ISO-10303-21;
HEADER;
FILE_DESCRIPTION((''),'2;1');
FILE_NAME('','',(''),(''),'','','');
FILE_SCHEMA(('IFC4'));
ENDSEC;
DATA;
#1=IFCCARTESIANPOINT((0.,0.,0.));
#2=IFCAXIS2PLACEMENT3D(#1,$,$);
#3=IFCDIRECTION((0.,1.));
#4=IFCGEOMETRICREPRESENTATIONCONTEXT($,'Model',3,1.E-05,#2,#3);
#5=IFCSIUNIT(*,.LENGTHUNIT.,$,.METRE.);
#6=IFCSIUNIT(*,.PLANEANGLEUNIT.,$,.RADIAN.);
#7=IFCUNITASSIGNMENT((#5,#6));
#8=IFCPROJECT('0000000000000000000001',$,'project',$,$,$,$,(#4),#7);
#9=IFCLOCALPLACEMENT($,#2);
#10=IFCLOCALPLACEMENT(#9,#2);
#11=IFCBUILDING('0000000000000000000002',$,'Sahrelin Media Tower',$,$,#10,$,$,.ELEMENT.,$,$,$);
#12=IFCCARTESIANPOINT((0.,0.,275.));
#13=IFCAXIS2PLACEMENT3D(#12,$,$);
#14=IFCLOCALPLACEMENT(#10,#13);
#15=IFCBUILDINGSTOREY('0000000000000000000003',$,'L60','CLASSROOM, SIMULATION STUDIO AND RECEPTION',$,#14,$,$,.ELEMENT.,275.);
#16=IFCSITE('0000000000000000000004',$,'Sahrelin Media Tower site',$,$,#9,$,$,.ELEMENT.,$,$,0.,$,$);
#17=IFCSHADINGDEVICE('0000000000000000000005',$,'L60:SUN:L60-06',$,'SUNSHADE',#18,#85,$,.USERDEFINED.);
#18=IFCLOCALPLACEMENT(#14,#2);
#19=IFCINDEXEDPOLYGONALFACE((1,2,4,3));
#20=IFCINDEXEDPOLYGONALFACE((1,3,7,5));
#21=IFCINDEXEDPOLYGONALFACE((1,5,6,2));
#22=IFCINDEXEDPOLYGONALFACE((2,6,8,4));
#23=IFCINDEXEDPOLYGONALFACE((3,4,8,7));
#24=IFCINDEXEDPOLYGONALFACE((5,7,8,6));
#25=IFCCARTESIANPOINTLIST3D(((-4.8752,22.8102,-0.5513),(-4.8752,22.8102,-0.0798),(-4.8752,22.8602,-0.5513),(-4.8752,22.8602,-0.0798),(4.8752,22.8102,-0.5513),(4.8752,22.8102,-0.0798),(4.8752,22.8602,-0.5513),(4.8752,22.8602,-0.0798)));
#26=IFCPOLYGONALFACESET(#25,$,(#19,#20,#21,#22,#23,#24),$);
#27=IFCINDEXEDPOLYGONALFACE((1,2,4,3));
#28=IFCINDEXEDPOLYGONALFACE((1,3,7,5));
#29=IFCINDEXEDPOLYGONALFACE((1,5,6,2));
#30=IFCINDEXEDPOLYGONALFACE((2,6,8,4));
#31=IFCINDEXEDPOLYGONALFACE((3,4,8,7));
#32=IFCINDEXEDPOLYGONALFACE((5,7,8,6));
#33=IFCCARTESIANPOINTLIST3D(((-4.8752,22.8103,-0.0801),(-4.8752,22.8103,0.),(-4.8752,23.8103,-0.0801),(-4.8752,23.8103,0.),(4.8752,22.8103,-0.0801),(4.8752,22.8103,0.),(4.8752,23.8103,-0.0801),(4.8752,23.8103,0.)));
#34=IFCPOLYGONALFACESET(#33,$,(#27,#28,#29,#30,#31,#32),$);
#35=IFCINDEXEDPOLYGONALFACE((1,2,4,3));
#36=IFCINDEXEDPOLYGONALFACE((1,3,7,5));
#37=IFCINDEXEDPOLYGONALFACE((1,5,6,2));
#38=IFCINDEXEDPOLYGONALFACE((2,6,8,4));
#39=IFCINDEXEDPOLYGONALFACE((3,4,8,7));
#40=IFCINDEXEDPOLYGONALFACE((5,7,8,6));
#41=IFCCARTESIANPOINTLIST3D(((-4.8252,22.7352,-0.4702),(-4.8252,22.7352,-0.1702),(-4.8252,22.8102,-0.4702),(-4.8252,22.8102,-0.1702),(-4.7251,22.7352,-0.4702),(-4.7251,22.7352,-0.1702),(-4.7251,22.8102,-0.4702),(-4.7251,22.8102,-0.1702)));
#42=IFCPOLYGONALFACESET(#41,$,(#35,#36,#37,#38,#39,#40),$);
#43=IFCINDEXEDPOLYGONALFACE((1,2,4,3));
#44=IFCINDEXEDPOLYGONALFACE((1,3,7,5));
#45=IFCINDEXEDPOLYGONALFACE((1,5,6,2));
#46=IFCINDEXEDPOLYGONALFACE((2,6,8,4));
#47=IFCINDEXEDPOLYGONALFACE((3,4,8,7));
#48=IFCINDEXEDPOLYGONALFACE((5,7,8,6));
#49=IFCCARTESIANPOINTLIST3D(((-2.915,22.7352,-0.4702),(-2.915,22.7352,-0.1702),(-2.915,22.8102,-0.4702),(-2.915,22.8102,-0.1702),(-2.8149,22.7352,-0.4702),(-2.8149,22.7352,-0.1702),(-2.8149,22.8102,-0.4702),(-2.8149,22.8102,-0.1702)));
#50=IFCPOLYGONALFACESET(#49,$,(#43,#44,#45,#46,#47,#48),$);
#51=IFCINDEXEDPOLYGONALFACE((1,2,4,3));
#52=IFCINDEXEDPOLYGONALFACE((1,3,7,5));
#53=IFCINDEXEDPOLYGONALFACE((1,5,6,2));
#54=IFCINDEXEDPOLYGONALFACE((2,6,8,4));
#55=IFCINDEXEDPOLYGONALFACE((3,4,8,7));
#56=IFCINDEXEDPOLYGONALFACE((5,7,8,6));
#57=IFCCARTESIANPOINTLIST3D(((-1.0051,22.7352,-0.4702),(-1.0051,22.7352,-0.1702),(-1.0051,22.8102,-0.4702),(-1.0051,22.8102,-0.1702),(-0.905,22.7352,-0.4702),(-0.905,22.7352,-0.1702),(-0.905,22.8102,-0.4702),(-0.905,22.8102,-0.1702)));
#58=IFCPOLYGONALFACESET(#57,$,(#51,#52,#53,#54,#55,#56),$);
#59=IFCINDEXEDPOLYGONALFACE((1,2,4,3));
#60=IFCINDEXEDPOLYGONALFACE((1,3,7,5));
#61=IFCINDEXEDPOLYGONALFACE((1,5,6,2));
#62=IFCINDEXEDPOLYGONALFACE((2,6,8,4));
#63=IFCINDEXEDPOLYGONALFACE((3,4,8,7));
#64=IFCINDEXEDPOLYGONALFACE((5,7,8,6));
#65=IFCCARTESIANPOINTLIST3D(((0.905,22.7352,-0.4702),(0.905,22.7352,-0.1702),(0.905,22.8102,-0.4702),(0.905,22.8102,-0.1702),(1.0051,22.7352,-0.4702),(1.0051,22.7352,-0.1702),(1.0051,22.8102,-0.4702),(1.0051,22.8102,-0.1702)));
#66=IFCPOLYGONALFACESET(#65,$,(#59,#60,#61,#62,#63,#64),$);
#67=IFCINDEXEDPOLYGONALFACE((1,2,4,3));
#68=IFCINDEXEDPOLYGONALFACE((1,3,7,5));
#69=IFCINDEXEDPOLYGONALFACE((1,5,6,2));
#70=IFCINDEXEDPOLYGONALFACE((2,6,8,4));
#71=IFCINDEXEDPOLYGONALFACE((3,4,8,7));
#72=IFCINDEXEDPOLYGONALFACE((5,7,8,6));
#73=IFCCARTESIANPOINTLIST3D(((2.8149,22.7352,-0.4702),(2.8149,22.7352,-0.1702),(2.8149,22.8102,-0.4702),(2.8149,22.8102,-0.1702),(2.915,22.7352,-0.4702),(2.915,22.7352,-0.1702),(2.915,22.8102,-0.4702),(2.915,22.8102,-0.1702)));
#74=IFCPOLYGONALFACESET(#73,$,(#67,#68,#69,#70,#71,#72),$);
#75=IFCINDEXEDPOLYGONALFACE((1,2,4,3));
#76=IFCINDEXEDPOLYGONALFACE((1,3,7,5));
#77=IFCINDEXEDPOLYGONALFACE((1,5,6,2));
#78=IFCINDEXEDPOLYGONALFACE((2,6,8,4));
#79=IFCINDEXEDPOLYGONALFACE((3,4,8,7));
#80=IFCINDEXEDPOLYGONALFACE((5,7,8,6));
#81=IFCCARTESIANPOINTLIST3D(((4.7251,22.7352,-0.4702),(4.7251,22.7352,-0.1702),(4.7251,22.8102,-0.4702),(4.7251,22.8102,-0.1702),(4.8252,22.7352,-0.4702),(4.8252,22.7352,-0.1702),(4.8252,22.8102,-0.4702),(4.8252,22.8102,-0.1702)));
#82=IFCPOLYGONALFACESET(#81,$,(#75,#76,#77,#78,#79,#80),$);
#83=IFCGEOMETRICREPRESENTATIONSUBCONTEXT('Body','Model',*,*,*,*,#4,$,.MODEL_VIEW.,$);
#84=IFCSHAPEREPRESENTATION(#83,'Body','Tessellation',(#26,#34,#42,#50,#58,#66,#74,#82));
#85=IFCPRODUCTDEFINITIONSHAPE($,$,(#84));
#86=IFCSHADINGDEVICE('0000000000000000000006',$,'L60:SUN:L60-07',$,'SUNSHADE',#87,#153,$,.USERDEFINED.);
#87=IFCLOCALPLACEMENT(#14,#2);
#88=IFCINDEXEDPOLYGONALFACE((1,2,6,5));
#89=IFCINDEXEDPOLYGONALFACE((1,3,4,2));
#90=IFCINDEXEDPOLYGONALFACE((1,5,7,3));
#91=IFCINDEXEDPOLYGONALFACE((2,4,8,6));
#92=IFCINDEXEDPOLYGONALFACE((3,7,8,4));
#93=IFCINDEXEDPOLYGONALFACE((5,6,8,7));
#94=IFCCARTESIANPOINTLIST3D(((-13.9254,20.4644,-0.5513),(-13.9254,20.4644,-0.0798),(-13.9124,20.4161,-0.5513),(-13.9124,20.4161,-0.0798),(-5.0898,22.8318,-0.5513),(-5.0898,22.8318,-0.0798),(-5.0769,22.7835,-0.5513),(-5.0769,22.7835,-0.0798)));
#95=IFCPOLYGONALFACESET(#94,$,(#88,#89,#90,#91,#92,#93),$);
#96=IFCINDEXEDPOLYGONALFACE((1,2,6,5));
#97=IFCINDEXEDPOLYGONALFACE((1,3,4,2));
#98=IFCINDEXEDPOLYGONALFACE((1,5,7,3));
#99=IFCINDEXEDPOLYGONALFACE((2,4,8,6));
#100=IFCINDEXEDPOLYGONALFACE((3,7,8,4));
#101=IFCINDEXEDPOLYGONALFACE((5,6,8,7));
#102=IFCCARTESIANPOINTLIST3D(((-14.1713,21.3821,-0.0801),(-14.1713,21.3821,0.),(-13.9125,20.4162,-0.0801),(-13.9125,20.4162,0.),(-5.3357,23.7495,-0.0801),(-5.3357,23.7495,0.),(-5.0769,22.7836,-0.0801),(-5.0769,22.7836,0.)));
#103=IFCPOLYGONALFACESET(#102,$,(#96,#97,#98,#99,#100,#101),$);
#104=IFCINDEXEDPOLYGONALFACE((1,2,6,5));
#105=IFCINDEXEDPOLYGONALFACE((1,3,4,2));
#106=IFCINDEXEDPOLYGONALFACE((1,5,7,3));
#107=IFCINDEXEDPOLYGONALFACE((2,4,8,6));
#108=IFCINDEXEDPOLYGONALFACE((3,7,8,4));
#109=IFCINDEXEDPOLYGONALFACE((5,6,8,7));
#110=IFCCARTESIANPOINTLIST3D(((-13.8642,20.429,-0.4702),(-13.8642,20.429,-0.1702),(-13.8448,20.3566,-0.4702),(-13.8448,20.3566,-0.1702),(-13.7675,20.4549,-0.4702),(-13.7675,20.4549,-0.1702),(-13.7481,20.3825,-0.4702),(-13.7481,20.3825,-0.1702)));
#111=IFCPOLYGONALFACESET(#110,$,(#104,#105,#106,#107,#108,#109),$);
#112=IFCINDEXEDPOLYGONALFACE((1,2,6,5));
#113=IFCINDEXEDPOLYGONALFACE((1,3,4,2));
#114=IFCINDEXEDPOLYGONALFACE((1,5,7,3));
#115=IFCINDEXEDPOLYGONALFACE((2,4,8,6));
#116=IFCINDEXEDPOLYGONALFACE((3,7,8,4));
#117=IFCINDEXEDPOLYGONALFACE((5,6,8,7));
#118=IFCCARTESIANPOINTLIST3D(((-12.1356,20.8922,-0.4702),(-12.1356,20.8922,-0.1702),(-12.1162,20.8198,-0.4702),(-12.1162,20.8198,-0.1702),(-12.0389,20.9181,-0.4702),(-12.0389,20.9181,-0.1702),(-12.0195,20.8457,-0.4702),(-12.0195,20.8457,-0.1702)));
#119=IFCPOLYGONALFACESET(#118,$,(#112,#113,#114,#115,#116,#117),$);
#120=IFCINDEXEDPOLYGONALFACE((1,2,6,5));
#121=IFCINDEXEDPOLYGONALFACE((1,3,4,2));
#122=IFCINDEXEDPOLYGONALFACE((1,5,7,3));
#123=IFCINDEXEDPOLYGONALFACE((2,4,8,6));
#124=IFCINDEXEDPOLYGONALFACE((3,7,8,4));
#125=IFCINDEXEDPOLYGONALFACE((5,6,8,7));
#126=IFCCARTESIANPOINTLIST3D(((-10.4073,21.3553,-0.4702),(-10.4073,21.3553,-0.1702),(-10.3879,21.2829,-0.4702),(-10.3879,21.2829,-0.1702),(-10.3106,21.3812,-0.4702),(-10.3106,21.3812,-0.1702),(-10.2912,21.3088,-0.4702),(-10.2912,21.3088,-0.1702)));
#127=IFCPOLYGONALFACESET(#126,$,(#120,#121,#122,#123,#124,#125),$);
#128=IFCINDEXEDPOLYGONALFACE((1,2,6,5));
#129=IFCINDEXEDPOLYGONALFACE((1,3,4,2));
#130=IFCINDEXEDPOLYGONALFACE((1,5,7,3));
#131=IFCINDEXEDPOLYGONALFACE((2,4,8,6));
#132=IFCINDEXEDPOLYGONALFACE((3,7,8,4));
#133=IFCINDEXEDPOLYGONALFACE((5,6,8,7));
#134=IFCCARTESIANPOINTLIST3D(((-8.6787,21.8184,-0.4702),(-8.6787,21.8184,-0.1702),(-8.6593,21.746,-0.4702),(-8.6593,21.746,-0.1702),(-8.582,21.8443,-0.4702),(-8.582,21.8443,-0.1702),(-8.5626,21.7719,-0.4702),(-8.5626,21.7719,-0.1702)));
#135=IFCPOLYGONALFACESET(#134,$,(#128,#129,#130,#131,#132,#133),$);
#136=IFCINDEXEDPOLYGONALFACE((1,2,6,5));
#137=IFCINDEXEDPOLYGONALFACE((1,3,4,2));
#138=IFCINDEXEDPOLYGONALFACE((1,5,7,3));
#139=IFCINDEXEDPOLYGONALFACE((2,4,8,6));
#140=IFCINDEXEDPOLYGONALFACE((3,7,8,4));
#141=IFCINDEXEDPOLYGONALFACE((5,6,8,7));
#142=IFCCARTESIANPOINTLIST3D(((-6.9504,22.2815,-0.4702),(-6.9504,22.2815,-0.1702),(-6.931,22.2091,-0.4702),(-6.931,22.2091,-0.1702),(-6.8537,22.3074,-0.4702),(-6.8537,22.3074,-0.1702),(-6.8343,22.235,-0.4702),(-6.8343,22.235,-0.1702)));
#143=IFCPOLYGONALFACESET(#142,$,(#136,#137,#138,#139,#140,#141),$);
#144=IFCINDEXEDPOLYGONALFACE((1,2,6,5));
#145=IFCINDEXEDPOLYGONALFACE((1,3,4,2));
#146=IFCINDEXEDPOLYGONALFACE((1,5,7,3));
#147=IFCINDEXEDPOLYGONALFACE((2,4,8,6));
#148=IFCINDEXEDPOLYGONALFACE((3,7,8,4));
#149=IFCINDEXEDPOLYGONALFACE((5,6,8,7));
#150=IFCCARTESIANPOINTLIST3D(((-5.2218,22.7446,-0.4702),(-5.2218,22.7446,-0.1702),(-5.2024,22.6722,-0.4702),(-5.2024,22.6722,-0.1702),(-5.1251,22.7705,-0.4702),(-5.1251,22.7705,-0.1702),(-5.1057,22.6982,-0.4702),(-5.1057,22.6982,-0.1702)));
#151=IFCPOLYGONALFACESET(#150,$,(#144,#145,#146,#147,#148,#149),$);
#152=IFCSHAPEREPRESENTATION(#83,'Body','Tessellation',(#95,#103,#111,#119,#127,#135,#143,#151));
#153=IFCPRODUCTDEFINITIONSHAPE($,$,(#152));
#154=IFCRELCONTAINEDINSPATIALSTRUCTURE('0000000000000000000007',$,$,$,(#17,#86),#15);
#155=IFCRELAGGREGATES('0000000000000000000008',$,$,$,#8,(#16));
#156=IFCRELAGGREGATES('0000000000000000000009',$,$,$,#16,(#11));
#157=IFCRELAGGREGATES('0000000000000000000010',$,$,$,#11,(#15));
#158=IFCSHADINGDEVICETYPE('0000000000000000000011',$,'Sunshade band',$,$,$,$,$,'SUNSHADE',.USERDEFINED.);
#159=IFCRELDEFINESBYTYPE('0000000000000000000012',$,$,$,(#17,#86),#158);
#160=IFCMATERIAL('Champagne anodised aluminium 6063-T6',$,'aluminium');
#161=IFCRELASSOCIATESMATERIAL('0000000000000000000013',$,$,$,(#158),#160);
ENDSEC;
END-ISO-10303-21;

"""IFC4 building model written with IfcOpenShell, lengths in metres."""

from ifc_helpers import new_model, si_unit, direction, frame, origin, origin_2d, place, context, subcontext, project, spatial, rectangle, extrude, material, type_object, element, save


model = new_model("IFC4")

# Units and contexts
model_context = context("Model", 3, precision=1e-05, world=origin(), true_north=direction((0.0, 1.0)))
body_context = subcontext(model_context, "Body", "Model", "MODEL_VIEW")
ifc_project = project(units=[si_unit("LENGTHUNIT", "METRE"), si_unit("PLANEANGLEUNIT", "RADIAN")], contexts=[model_context])

# Site, building, storey
site_placement = place(None, origin())
site = spatial("IfcSite", under=ifc_project, at=site_placement, Name="Sahrelin Media Tower site", CompositionType="ELEMENT", RefElevation=0.0)
building_placement = place(site_placement, origin())
building = spatial("IfcBuilding", under=site, at=building_placement, Name="Sahrelin Media Tower", CompositionType="ELEMENT")
storey_placement = place(building_placement, frame((0.0, 0.0, 275.0)))
storey = spatial("IfcBuildingStorey", under=building, at=storey_placement, Name="L60", Description="CLASSROOM, SIMULATION STUDIO AND RECEPTION", CompositionType="ELEMENT", Elevation=275.0)

# Shared definitions
ifc_material_1 = material(Name="Champagne anodised aluminium 6063-T6", Category="aluminium")
placement_1 = place(storey_placement, frame((0.0, 22.7903, 0.0), z_axis=(0.0, 0.0, 1.0), x_axis=(1.0, 0.0, 0.0)))

# Shading devices
placement_2 = place(storey_placement, frame((-9.4895, 21.5806, 0.0), z_axis=(0.0, 0.0, 1.0), x_axis=(0.965929, 0.258808, 0.0)))
shading_device_type_1 = type_object("IfcShadingDeviceType", Name="Sunshade band", ElementType="SUNSHADE", PredefinedType="USERDEFINED", material=ifc_material_1)
element("IfcShadingDevice", 1, at=placement_1, inside=storey, type_object=shading_device_type_1, Name="L60:SUN:L60-06", ObjectType="SUNSHADE", PredefinedType="USERDEFINED", context=body_context, shape_type="SweptSolid", body=[
    extrude(rectangle(XDim=9.7505, YDim=0.05, at=origin_2d()), frame((0.0, 0.0449, -0.5513)), (0.0, 0.0, 1.0), 0.4714),
    extrude(rectangle(XDim=9.7505, YDim=1.0, at=origin_2d()), frame((0.0, 0.52, -0.0801)), (0.0, 0.0, 1.0), 0.0801),
    extrude(rectangle(XDim=0.1001, YDim=0.075, at=origin_2d()), frame((-4.7751, -0.0176, -0.4702)), (0.0, 0.0, 1.0), 0.3),
    extrude(rectangle(XDim=0.1001, YDim=0.075, at=origin_2d()), frame((-2.865, -0.0176, -0.4702)), (0.0, 0.0, 1.0), 0.3),
    extrude(rectangle(XDim=0.1001, YDim=0.075, at=origin_2d()), frame((-0.9551, -0.0176, -0.4702)), (0.0, 0.0, 1.0), 0.3),
    extrude(rectangle(XDim=0.1001, YDim=0.075, at=origin_2d()), frame((0.9551, -0.0176, -0.4702)), (0.0, 0.0, 1.0), 0.3),
    extrude(rectangle(XDim=0.1001, YDim=0.075, at=origin_2d()), frame((2.865, -0.0176, -0.4702)), (0.0, 0.0, 1.0), 0.3),
    extrude(rectangle(XDim=0.1001, YDim=0.075, at=origin_2d()), frame((4.7751, -0.0176, -0.4702)), (0.0, 0.0, 1.0), 0.3),
])
element("IfcShadingDevice", 2, at=placement_2, inside=storey, type_object=shading_device_type_1, Name="L60:SUN:L60-07", ObjectType="SUNSHADE", PredefinedType="USERDEFINED", context=body_context, shape_type="SweptSolid", body=[
    extrude(rectangle(XDim=9.1472, YDim=0.05, at=origin_2d()), frame((0.0, 0.0449, -0.5513)), (0.0, 0.0, 1.0), 0.4714),
    extrude(rectangle(XDim=9.1472, YDim=1.0, at=origin_2d()), frame((0.0, 0.52, -0.0801)), (0.0, 0.0, 1.0), 0.0801),
    extrude(rectangle(XDim=0.1001, YDim=0.075, at=origin_2d()), frame((-4.4736, -0.0176, -0.4702)), (0.0, 0.0, 1.0), 0.3),
    extrude(rectangle(XDim=0.1001, YDim=0.075, at=origin_2d()), frame((-2.6841, -0.0176, -0.4702)), (0.0, 0.0, 1.0), 0.3),
    extrude(rectangle(XDim=0.1001, YDim=0.075, at=origin_2d()), frame((-0.8948, -0.0176, -0.4702)), (0.0, 0.0, 1.0), 0.3),
    extrude(rectangle(XDim=0.1001, YDim=0.075, at=origin_2d()), frame((0.8948, -0.0176, -0.4702)), (0.0, 0.0, 1.0), 0.3),
    extrude(rectangle(XDim=0.1001, YDim=0.075, at=origin_2d()), frame((2.6841, -0.0176, -0.4702)), (0.0, 0.0, 1.0), 0.3),
    extrude(rectangle(XDim=0.1001, YDim=0.075, at=origin_2d()), frame((4.4736, -0.0176, -0.4702)), (0.0, 0.0, 1.0), 0.3),
])

save(model, "model.ifc")
